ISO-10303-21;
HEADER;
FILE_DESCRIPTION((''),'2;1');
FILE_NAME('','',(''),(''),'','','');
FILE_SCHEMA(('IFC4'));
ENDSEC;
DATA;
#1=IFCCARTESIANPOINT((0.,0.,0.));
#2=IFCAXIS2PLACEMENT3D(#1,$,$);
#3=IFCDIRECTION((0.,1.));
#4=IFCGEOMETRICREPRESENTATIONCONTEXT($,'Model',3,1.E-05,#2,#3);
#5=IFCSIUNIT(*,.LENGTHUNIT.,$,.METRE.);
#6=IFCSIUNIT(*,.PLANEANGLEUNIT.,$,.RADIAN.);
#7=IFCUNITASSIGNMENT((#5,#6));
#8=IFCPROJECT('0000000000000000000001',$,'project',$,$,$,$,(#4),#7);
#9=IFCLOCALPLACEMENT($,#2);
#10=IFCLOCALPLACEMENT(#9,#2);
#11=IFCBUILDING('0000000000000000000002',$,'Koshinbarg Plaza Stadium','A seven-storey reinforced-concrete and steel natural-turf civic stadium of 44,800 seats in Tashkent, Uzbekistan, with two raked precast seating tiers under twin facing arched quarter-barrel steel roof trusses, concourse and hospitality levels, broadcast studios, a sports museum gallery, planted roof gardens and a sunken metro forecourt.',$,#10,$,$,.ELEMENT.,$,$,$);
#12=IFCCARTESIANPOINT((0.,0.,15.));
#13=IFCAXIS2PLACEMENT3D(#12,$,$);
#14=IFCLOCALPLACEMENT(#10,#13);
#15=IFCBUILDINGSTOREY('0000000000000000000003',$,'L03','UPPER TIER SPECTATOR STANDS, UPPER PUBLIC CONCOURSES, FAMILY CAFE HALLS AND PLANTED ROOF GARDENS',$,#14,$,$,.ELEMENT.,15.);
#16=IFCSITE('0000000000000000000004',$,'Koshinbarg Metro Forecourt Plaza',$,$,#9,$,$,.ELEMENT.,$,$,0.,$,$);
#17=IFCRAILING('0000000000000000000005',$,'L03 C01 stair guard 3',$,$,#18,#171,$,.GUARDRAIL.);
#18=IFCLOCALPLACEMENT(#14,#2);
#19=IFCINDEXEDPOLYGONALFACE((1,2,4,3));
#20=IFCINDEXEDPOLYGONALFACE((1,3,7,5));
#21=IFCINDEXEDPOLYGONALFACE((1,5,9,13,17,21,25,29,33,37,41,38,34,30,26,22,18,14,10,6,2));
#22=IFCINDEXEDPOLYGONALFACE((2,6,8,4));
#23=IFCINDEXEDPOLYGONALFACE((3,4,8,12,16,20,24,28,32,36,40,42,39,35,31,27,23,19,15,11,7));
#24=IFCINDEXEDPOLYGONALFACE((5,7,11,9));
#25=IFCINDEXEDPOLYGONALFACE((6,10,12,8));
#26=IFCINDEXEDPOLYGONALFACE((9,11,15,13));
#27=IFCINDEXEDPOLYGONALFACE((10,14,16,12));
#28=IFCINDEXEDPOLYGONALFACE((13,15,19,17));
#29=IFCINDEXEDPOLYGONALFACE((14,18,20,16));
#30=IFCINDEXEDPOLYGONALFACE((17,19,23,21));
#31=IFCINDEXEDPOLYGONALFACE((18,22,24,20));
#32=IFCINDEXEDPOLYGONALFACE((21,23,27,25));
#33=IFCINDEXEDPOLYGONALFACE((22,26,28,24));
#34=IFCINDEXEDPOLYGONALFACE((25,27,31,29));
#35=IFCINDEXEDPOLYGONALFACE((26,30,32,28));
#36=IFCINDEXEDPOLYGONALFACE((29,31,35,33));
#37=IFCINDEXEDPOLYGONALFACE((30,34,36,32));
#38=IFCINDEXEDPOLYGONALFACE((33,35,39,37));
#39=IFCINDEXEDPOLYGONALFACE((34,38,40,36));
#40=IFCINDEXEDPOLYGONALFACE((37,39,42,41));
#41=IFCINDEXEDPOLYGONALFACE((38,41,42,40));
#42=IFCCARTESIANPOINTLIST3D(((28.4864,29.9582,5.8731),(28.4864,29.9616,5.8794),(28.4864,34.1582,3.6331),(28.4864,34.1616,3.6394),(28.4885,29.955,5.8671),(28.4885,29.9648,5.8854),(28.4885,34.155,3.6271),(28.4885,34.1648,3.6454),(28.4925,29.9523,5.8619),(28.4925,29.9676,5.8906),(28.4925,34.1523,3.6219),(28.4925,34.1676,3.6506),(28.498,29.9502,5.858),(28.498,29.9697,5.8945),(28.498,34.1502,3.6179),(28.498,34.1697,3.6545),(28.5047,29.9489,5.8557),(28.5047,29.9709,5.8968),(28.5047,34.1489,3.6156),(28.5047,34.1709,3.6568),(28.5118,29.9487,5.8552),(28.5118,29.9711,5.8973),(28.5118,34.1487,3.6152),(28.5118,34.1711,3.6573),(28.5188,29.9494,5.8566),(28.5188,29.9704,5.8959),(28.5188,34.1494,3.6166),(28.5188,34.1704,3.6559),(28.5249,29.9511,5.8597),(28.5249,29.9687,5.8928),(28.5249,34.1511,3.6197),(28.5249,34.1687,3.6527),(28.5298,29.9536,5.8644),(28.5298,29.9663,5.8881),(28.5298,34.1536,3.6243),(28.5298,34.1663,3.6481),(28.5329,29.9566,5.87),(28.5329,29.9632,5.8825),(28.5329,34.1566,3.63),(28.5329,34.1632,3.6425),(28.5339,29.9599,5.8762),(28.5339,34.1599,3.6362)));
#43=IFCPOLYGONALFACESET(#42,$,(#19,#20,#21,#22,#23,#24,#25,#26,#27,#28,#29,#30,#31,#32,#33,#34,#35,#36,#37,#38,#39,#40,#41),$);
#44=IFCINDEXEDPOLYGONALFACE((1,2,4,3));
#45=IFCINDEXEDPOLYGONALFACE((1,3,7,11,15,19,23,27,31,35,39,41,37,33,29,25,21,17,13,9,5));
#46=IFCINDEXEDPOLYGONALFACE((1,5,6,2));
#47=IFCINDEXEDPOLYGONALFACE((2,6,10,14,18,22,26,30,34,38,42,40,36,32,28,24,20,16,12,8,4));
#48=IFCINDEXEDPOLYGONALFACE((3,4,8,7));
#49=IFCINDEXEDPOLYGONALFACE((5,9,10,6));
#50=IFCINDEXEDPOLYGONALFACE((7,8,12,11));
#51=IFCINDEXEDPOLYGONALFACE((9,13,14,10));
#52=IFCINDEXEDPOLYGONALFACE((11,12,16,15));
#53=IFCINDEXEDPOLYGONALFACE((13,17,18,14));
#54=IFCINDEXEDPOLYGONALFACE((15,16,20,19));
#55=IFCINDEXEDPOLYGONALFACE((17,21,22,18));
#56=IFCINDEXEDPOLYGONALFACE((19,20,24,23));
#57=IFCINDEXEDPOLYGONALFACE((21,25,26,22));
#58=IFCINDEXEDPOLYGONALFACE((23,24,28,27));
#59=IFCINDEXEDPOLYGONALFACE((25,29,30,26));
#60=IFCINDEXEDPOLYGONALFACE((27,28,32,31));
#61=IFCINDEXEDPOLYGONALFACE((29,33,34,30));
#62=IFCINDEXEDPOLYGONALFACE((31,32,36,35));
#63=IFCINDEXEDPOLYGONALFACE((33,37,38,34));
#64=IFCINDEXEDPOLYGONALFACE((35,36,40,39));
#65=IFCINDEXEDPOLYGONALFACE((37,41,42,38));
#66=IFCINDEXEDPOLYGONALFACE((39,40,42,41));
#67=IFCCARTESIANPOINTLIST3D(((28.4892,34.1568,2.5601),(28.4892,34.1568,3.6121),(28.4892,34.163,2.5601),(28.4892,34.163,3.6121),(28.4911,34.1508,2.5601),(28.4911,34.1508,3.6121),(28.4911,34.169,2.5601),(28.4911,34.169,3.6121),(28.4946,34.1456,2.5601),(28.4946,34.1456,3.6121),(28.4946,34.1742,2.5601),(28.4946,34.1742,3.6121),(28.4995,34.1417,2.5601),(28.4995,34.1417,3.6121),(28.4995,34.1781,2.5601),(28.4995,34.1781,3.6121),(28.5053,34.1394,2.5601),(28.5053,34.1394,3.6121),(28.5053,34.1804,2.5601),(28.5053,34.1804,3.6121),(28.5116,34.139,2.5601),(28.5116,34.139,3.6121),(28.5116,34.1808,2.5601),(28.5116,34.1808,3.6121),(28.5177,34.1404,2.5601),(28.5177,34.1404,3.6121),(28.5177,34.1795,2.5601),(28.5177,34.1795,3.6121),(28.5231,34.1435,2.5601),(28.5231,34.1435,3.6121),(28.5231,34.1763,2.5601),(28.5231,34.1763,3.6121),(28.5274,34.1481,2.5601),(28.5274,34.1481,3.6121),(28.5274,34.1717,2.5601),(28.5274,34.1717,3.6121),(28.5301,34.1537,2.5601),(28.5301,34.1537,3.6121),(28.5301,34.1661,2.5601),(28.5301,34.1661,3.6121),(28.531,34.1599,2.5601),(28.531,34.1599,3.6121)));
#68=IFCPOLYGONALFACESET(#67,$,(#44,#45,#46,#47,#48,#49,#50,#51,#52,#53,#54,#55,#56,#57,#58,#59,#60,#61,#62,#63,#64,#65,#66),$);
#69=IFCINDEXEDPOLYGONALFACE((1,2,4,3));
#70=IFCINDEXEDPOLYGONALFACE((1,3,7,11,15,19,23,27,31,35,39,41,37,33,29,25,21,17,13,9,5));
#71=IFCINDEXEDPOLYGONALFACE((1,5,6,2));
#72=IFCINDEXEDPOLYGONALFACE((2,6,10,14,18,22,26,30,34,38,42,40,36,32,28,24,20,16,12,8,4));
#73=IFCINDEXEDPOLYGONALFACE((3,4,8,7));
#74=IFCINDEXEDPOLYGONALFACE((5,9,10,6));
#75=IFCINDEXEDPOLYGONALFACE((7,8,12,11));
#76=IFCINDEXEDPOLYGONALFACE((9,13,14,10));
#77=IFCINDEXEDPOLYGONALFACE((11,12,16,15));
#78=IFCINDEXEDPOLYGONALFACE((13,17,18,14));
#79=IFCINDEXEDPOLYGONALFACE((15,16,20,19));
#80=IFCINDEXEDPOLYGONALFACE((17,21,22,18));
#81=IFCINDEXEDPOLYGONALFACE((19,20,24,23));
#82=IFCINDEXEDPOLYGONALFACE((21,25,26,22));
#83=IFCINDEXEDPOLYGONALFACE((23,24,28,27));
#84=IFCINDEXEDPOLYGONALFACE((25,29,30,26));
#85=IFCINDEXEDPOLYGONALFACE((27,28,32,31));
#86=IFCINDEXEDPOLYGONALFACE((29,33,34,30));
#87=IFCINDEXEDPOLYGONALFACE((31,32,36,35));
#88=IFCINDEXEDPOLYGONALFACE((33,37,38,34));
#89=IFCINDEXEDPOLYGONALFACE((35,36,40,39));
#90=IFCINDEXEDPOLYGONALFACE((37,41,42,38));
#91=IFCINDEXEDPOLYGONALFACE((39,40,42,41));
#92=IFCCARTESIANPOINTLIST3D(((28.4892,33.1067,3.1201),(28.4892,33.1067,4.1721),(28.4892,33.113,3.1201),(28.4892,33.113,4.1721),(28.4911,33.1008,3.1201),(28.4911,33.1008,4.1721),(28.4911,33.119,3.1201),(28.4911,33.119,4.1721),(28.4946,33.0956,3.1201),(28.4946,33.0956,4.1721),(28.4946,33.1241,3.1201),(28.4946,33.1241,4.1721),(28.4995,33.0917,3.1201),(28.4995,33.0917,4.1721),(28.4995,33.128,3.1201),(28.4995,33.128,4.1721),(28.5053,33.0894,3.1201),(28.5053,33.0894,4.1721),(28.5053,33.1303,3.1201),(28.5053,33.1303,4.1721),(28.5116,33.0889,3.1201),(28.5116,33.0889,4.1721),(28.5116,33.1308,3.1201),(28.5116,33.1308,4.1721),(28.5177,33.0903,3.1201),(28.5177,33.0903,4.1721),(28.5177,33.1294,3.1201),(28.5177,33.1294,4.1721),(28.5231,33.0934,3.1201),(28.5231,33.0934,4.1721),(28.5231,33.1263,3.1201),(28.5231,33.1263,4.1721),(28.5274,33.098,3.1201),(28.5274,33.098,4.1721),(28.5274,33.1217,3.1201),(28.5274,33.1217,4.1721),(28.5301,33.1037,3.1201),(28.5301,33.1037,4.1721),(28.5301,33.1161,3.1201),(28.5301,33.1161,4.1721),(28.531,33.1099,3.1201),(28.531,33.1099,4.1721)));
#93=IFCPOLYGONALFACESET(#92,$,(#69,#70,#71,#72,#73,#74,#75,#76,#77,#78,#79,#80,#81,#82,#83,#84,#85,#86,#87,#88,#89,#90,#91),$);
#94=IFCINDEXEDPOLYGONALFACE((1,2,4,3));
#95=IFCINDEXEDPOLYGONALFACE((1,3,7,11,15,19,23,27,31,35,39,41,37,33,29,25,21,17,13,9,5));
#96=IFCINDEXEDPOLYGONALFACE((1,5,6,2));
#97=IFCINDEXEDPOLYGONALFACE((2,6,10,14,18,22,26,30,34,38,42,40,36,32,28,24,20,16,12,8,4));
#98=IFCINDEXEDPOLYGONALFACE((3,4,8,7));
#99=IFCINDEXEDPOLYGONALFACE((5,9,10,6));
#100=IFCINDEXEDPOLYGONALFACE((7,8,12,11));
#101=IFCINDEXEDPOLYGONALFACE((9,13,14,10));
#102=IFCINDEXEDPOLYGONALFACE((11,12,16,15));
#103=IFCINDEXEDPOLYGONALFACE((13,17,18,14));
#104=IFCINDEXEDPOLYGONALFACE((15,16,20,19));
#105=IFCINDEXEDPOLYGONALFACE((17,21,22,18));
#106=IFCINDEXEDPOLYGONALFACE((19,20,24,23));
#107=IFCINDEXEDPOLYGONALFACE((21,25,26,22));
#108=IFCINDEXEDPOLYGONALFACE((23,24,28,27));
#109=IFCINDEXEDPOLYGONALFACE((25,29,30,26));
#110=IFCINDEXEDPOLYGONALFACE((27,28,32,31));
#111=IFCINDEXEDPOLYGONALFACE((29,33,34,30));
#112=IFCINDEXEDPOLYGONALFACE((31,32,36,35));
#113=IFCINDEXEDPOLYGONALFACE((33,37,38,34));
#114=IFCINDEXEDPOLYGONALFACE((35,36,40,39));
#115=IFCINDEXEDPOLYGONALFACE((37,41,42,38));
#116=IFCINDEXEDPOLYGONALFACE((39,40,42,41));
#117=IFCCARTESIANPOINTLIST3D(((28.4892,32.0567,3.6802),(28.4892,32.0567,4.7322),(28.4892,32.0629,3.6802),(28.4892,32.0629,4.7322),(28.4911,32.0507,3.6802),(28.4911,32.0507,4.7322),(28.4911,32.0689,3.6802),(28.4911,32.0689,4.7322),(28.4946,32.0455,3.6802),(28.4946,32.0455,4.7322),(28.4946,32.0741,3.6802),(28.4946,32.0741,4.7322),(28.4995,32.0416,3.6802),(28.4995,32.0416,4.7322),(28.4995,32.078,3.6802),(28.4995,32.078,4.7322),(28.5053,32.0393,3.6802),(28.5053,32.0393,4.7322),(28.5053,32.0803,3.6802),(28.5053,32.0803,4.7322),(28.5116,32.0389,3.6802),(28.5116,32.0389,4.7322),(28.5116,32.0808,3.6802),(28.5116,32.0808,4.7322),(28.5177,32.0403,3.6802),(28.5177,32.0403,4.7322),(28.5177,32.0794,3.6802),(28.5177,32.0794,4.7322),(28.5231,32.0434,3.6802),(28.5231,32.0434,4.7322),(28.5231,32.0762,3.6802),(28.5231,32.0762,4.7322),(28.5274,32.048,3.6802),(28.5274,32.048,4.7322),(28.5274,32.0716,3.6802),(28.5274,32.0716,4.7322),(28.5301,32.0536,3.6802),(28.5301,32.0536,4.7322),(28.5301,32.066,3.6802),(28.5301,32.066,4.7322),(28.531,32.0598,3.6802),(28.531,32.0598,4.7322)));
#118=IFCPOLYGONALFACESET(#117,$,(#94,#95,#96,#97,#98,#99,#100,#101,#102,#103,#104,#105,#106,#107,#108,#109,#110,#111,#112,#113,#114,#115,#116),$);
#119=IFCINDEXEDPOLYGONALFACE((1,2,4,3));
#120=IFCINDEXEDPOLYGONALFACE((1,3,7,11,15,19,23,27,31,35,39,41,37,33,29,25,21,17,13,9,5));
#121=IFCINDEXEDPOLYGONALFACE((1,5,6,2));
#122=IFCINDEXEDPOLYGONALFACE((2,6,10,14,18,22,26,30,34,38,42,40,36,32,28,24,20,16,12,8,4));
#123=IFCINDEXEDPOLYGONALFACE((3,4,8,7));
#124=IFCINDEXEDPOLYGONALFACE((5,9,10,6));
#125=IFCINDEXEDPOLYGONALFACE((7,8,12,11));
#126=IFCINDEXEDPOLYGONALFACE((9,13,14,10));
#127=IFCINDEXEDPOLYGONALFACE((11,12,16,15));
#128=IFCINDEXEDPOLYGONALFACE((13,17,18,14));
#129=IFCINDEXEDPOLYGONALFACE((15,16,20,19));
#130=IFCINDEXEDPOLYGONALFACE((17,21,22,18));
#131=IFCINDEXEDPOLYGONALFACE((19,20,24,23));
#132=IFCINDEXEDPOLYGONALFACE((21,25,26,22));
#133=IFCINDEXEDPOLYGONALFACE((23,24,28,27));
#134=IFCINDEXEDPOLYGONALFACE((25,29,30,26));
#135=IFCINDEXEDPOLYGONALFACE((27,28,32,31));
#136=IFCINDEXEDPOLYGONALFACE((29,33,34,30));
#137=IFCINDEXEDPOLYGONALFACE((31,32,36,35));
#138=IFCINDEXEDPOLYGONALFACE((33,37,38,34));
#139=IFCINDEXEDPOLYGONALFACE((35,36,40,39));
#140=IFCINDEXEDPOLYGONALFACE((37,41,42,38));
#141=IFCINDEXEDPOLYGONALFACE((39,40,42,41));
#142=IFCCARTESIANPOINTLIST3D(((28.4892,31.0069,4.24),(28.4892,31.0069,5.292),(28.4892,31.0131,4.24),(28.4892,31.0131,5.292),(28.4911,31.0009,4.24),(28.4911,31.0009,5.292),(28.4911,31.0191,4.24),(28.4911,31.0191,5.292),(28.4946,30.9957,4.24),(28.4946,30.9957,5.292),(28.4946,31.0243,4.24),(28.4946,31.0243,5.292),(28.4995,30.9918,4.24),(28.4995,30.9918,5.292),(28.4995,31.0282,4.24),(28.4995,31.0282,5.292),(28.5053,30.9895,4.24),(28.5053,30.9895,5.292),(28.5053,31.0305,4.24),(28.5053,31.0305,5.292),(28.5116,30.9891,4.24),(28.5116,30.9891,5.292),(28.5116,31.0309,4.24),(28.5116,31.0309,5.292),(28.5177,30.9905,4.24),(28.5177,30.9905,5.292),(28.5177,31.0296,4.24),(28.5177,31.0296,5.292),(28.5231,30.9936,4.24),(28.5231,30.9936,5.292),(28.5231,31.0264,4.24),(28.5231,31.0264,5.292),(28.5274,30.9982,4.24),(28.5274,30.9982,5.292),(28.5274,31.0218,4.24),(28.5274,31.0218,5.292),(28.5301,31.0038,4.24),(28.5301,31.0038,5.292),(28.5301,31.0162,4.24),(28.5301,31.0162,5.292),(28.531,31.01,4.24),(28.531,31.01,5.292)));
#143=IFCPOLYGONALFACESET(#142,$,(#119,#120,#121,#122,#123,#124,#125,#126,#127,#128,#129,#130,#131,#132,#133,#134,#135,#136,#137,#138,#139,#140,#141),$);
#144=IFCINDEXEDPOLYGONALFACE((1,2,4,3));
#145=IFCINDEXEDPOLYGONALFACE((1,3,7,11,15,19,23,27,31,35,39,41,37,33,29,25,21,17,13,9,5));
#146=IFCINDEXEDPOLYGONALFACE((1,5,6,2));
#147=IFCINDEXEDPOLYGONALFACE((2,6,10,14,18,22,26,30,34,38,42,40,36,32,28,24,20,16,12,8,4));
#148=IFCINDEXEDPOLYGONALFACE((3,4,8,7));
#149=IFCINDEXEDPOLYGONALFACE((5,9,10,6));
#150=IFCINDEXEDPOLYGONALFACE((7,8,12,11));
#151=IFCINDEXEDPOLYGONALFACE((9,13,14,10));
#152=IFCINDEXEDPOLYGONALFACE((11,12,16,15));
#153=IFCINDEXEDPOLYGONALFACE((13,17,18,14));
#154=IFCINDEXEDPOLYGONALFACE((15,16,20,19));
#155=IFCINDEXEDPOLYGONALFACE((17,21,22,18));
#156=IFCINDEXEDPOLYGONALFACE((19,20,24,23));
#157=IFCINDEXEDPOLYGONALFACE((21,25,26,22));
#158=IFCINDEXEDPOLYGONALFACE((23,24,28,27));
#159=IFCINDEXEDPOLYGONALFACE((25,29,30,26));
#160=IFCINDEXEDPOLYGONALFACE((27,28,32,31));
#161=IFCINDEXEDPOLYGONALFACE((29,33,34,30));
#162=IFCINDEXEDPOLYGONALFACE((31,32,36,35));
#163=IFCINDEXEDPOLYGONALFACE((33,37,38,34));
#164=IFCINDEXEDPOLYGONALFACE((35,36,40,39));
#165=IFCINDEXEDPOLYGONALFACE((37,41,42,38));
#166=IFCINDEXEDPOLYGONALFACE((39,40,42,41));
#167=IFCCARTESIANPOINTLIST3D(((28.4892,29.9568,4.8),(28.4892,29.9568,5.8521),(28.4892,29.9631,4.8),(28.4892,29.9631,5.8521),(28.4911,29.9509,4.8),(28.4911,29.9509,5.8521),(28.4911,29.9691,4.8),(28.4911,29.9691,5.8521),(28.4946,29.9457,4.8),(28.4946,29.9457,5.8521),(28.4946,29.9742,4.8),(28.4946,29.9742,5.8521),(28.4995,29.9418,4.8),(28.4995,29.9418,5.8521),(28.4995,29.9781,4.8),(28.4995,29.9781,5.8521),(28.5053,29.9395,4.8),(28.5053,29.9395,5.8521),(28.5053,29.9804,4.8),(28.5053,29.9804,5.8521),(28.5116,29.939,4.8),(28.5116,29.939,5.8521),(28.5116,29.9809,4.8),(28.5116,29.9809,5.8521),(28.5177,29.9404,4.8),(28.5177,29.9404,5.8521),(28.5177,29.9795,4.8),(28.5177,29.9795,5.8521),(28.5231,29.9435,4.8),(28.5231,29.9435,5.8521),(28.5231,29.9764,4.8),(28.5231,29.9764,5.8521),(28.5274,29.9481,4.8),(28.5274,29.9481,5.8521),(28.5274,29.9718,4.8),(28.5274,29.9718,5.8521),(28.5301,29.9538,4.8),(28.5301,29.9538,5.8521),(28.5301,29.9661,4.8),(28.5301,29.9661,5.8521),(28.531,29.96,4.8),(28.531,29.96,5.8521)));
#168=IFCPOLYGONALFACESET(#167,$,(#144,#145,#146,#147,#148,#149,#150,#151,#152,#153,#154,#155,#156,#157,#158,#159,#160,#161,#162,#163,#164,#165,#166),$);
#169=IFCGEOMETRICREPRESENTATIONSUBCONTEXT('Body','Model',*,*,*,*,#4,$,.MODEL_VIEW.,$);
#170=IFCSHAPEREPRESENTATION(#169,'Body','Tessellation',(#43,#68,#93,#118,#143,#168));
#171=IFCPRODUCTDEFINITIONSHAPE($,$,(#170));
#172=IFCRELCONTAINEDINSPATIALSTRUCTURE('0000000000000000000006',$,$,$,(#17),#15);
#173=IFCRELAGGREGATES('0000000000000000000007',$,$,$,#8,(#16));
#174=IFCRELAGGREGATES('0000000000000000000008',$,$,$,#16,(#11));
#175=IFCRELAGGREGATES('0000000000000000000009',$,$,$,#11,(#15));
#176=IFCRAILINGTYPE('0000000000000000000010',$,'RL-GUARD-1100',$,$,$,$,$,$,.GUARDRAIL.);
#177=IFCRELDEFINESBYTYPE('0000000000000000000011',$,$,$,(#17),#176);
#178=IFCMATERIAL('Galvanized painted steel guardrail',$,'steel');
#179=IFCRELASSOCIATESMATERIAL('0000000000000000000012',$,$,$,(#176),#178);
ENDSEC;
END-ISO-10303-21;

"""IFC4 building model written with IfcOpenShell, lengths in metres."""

from ifc_helpers import new_model, si_unit, direction, frame, origin, origin_2d, place, context, subcontext, project, spatial, circle, extrude, material, type_object, element, save


model = new_model("IFC4")

# Units and contexts
model_context = context("Model", 3, precision=1e-05, world=origin(), true_north=direction((0.0, 1.0)))
body_context = subcontext(model_context, "Body", "Model", "MODEL_VIEW")
ifc_project = project(units=[si_unit("LENGTHUNIT", "METRE"), si_unit("PLANEANGLEUNIT", "RADIAN")], contexts=[model_context])

# Site, building, storey
site_placement = place(None, origin())
site = spatial("IfcSite", under=ifc_project, at=site_placement, Name="Koshinbarg Metro Forecourt Plaza", CompositionType="ELEMENT", RefElevation=0.0)
building_placement = place(site_placement, origin())
building = spatial("IfcBuilding", under=site, at=building_placement, Name="Koshinbarg Plaza Stadium", Description="A seven-storey reinforced-concrete and steel natural-turf civic stadium of 44,800 seats in Tashkent, Uzbekistan, with two raked precast seating tiers under twin facing arched quarter-barrel steel roof trusses, concourse and hospitality levels, broadcast studios, a sports museum gallery, planted roof gardens and a sunken metro forecourt.", CompositionType="ELEMENT")
storey_placement = place(building_placement, frame((0.0, 0.0, 15.0)))
storey = spatial("IfcBuildingStorey", under=building, at=storey_placement, Name="L03", Description="UPPER TIER SPECTATOR STANDS, UPPER PUBLIC CONCOURSES, FAMILY CAFE HALLS AND PLANTED ROOF GARDENS", CompositionType="ELEMENT", Elevation=15.0)

# Railing
ifc_material_1 = material(Name="Galvanized painted steel guardrail", Category="steel")
railing_type_1 = type_object("IfcRailingType", Name="RL-GUARD-1100", PredefinedType="GUARDRAIL", material=ifc_material_1)
railing_1_placement = place(storey_placement, frame((28.51, 34.1599, 2.5601)))
element("IfcRailing", 1, at=railing_1_placement, inside=storey, type_object=railing_type_1, Name="L03 C01 stair guard 3", PredefinedType="GUARDRAIL", context=body_context, shape_type="SweptSolid", body=[
    extrude(circle(Radius=0.0239, at=origin_2d()), frame((0.0, 0.0, 1.0762), z_axis=(0.0, -0.882352, 0.470591), x_axis=(1.0, 0.0, 0.0)), (0.0, 0.0, 1.0), 4.76),
    extrude(circle(Radius=0.021, at=origin_2d()), origin(), (0.0, 0.0, 1.0), 1.052),
    extrude(circle(Radius=0.021, at=origin_2d()), frame((0.0, -1.05, 0.5601)), (0.0, 0.0, 1.0), 1.052),
    extrude(circle(Radius=0.021, at=origin_2d()), frame((0.0, -2.1001, 1.1201)), (0.0, 0.0, 1.0), 1.052),
    extrude(circle(Radius=0.021, at=origin_2d()), frame((0.0, -3.1499, 1.6799)), (0.0, 0.0, 1.0), 1.052),
    extrude(circle(Radius=0.021, at=origin_2d()), frame((0.0, -4.2, 2.24)), (0.0, 0.0, 1.0), 1.052),
])

save(model, "model.ifc")
